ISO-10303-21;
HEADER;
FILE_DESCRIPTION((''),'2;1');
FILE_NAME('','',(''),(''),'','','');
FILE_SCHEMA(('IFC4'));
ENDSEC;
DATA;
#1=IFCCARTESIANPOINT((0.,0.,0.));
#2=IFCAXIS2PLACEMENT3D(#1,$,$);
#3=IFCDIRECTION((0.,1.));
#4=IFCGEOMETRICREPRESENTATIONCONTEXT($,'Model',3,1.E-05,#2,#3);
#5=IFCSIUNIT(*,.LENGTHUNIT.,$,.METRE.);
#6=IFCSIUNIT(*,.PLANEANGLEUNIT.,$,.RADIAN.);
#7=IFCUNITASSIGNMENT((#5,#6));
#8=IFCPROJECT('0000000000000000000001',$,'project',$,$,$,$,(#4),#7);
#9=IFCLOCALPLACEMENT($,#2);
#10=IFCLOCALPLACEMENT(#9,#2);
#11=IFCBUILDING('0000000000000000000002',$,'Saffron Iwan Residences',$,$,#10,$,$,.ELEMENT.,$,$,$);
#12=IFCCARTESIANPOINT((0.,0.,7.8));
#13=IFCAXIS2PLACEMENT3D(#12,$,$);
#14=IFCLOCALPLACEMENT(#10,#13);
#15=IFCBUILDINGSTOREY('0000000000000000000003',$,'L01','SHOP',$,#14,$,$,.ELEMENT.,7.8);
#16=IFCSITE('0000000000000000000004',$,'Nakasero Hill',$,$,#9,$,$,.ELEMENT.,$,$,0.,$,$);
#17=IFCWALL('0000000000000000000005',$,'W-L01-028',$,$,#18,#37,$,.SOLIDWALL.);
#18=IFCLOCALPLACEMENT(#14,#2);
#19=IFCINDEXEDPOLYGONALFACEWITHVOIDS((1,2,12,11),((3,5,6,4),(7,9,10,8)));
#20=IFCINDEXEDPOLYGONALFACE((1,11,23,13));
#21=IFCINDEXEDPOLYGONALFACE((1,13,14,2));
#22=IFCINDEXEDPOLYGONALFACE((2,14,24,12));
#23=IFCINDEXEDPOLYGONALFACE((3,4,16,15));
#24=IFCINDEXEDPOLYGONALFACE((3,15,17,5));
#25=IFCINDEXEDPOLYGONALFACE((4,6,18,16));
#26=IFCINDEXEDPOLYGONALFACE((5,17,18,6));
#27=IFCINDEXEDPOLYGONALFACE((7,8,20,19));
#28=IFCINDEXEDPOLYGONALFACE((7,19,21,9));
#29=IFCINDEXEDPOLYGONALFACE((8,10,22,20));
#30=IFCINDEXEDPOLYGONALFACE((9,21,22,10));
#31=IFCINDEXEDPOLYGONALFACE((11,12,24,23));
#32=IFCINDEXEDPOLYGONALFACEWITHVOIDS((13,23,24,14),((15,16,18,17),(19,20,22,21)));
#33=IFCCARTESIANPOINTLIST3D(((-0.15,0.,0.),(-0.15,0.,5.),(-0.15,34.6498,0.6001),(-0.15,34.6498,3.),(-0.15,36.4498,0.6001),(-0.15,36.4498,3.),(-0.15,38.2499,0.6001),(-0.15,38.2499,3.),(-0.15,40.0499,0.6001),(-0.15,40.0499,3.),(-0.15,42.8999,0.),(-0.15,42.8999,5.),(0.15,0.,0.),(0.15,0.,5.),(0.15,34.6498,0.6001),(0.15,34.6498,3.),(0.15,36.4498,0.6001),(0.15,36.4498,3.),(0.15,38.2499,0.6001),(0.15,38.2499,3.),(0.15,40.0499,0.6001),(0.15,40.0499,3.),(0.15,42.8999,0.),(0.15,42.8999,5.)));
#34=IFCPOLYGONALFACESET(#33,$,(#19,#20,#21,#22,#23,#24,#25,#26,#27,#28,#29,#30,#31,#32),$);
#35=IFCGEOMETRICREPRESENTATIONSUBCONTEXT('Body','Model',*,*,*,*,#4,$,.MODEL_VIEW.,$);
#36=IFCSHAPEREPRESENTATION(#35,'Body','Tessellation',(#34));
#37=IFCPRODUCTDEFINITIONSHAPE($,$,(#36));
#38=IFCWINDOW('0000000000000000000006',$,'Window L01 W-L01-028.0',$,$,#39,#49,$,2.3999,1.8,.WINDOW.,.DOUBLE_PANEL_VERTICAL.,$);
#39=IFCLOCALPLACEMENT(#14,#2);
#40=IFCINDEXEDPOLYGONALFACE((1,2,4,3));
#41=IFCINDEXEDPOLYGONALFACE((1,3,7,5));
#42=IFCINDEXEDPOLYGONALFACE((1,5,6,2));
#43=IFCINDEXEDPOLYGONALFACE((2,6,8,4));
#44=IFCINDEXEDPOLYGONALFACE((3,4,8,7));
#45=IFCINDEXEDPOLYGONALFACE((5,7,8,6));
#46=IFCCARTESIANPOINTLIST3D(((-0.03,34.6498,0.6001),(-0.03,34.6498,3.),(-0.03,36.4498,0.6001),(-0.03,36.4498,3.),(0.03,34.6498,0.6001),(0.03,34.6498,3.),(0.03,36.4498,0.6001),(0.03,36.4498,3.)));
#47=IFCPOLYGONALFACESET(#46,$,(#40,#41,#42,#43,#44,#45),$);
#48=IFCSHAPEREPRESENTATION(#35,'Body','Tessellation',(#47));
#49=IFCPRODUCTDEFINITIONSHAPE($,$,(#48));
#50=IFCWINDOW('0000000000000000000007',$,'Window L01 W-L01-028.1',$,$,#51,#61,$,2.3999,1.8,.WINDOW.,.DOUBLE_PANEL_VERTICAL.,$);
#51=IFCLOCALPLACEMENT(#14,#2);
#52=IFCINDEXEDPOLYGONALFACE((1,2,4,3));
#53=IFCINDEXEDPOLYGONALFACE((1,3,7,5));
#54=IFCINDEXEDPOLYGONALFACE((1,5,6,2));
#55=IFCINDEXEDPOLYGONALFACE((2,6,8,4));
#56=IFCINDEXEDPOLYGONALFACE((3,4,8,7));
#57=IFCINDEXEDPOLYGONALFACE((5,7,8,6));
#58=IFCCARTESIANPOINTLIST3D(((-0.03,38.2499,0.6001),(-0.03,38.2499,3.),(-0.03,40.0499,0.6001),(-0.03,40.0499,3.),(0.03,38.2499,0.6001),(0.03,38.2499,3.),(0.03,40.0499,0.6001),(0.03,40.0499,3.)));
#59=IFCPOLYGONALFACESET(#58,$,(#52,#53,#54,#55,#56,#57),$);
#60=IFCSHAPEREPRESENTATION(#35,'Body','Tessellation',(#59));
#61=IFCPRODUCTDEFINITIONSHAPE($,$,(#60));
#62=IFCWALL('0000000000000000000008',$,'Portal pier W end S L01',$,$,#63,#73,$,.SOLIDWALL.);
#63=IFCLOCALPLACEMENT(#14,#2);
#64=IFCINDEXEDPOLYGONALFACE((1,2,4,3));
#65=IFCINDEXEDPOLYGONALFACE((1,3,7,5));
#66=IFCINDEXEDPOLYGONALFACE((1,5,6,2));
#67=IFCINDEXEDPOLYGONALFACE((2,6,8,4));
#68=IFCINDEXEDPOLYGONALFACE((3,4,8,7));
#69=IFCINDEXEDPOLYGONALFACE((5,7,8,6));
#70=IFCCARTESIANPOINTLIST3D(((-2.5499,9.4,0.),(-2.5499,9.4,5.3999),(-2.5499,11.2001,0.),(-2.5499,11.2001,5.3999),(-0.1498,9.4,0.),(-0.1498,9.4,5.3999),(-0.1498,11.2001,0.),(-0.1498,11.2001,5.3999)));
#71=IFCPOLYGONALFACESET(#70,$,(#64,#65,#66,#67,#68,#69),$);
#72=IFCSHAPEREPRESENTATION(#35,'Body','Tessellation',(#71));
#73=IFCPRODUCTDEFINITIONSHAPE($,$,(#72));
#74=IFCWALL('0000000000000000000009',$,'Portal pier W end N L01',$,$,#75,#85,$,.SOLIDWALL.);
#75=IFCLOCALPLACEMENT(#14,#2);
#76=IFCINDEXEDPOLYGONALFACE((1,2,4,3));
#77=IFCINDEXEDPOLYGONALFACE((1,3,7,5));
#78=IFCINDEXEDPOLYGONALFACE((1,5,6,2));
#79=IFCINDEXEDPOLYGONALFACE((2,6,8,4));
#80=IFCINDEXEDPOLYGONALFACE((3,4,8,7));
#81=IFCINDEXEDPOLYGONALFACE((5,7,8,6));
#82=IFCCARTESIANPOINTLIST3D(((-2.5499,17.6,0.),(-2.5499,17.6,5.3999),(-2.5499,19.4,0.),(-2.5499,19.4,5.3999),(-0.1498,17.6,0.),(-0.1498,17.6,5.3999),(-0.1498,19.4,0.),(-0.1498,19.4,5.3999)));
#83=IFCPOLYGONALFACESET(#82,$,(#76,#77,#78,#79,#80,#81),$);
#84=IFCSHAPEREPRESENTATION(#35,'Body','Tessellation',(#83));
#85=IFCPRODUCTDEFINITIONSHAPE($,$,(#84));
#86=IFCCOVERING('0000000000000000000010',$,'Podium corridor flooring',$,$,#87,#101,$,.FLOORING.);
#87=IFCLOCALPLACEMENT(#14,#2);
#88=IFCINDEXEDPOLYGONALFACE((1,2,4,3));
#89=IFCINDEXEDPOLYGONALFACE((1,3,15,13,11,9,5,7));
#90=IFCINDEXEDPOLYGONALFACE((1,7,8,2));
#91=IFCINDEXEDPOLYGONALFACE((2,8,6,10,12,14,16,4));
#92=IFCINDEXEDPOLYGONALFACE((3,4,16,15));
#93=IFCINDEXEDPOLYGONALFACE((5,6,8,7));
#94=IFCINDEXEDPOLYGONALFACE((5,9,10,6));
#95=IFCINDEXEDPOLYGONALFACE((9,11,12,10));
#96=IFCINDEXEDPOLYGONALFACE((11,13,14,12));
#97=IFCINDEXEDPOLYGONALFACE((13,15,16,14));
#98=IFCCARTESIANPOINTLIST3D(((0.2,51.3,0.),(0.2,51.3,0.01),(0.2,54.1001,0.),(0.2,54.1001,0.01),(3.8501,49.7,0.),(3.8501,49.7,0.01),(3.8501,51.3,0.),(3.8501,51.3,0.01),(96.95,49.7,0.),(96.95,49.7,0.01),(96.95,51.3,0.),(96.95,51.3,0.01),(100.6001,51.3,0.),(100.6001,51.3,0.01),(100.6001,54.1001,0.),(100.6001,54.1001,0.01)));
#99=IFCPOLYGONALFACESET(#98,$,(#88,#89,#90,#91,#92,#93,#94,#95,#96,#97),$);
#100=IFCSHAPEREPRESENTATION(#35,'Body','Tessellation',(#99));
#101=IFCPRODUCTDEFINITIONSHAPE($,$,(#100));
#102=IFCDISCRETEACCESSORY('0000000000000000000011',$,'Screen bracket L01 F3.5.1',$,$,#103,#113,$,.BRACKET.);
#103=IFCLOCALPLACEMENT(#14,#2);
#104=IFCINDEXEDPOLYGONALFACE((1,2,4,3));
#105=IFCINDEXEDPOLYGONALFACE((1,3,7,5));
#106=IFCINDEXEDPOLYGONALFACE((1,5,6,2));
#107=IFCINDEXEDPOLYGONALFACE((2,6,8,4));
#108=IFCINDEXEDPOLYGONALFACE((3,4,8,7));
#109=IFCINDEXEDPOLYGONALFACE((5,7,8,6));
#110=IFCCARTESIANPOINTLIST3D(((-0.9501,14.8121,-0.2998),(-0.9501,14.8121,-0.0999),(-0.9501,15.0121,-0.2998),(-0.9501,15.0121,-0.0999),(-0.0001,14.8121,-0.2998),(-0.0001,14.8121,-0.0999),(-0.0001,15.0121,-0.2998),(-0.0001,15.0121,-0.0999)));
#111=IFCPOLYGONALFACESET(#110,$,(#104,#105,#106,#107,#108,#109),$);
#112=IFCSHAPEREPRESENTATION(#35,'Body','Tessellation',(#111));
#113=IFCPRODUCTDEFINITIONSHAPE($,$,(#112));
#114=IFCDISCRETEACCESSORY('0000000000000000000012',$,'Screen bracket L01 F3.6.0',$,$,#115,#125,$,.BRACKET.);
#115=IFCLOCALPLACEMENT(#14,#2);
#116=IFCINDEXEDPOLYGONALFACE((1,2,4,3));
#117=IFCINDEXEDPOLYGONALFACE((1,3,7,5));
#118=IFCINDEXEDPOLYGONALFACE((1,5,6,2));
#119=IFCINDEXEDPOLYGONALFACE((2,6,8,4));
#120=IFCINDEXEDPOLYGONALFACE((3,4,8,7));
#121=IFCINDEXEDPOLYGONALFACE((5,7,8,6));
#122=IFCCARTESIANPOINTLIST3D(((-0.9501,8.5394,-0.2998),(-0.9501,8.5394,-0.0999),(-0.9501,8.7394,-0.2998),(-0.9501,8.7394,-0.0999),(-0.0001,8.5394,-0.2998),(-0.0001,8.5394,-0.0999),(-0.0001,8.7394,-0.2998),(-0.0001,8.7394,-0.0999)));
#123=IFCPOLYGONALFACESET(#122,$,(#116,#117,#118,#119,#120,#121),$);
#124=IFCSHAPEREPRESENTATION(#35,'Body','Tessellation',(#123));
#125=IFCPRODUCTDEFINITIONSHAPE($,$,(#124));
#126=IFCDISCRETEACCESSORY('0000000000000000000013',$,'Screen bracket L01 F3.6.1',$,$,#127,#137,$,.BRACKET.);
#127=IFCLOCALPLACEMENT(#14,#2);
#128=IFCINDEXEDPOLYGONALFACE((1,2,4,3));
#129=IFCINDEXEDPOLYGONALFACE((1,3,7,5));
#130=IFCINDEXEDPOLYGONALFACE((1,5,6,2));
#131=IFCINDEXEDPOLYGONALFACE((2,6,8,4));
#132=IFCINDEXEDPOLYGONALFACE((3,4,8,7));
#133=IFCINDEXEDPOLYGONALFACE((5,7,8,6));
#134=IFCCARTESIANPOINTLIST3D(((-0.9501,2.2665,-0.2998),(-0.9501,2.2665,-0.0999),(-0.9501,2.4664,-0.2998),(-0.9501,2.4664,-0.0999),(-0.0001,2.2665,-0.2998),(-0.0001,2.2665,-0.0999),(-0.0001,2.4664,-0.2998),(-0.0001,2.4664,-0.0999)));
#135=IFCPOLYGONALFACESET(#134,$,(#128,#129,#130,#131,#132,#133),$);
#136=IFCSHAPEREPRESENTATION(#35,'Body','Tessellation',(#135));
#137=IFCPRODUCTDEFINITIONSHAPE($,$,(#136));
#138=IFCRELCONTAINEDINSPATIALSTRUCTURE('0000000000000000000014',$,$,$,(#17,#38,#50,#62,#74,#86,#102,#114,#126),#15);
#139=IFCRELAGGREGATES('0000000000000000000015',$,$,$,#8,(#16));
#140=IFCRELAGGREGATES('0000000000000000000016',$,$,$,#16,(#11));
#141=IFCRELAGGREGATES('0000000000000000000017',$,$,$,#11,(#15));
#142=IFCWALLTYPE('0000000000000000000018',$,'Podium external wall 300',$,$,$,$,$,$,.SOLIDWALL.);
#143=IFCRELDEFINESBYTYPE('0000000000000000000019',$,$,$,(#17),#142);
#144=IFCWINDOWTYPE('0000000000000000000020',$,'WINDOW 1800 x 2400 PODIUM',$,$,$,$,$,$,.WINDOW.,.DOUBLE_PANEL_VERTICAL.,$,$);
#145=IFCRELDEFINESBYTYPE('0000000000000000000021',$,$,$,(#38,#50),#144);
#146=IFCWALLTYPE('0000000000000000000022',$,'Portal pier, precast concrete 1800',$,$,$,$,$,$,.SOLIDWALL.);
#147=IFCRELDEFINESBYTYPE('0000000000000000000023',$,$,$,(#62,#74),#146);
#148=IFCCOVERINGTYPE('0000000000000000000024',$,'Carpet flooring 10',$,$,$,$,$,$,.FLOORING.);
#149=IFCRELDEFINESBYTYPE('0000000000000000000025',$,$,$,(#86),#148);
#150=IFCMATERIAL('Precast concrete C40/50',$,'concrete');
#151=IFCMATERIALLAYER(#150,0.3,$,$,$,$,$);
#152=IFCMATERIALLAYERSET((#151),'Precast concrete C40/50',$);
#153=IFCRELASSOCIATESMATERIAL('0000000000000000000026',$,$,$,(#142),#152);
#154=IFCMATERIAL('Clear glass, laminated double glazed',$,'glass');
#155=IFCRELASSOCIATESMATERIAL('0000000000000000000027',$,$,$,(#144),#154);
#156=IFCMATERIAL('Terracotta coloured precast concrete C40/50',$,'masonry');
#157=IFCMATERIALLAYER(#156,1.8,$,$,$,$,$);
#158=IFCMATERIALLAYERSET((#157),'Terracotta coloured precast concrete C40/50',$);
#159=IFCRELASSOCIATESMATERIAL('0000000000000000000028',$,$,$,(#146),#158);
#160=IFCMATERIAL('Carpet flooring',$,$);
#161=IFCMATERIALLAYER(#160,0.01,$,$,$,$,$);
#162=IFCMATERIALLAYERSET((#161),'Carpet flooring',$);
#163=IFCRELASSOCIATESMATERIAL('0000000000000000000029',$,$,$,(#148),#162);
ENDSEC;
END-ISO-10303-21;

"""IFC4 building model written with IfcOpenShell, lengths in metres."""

from ifc_helpers import new_model, si_unit, direction, frame, frame_2d, origin, origin_2d, place, context, subcontext, project, spatial, polyline, rectangle, outline, extrude, source, transform, mapped, material, layer, layer_set, type_object, element, fill, save


model = new_model("IFC4")

# Units and contexts
model_context = context("Model", 3, precision=1e-05, world=origin(), true_north=direction((0.0, 1.0)))
body_context = subcontext(model_context, "Body", "Model", "MODEL_VIEW")
ifc_project = project(units=[si_unit("LENGTHUNIT", "METRE"), si_unit("PLANEANGLEUNIT", "RADIAN")], contexts=[model_context])

# Site, building, storey
site_placement = place(None, origin())
site = spatial("IfcSite", under=ifc_project, at=site_placement, Name="Nakasero Hill", CompositionType="ELEMENT", RefElevation=0.0)
building_placement = place(site_placement, origin())
building = spatial("IfcBuilding", under=site, at=building_placement, Name="Saffron Iwan Residences", CompositionType="ELEMENT")
storey_placement = place(building_placement, frame((0.0, 0.0, 7.8)))
storey = spatial("IfcBuildingStorey", under=building, at=storey_placement, Name="L01", Description="SHOP", CompositionType="ELEMENT", Elevation=7.8)

# Wall, openings, windows
ifc_material_1 = material(Name="Precast concrete C40/50", Category="concrete")
ifc_layer_1 = layer(ifc_material_1, 0.3)
ifc_layer_set_1 = layer_set([ifc_layer_1], Name="Precast concrete C40/50")
wall_type_1 = type_object("IfcWallType", Name="Podium external wall 300", PredefinedType="SOLIDWALL", material=ifc_layer_set_1)
wall_placement = place(storey_placement, frame((0.0, 0.0, 0.0), z_axis=(0.0, 0.0, 1.0), x_axis=(0.0, 1.0, 0.0)))
wall = element("IfcWall", 1, at=wall_placement, inside=storey, type_object=wall_type_1, Name="W-L01-028", PredefinedType="SOLIDWALL", context=body_context, shape_type="SweptSolid", body=[
    extrude(rectangle(XDim=42.8999, YDim=0.3, at=frame_2d((21.45, 0.0))), origin(), (0.0, 0.0, 1.0), 5.0),
])
opening_1_placement = place(wall_placement, frame((34.6499, 0.0, 0.6001)))
opening_1 = element("IfcOpeningElement", 2, at=opening_1_placement, cuts=wall, PredefinedType="OPENING", context=body_context, shape_type="SweptSolid", body=[
    extrude(rectangle(XDim=1.8, YDim=2.3999, at=frame_2d((0.8999, 1.2))), frame((0.0, 0.1602, 0.0), z_axis=(0.0, -1.0, 0.0), x_axis=(1.0, 0.0, 0.0)), (0.0, 0.0, 1.0), 0.3201),
])
opening_2_placement = place(wall_placement, frame((38.25, 0.0, 0.6001)))
opening_2 = element("IfcOpeningElement", 3, at=opening_2_placement, cuts=wall, PredefinedType="OPENING", context=body_context, shape_type="SweptSolid", body=[
    extrude(rectangle(XDim=1.8, YDim=2.3999, at=frame_2d((0.8999, 1.2))), frame((0.0, 0.1602, 0.0), z_axis=(0.0, -1.0, 0.0), x_axis=(1.0, 0.0, 0.0)), (0.0, 0.0, 1.0), 0.3201),
])
ifc_material_2 = material(Name="Clear glass, laminated double glazed", Category="glass")
window_type = type_object("IfcWindowType", Name="WINDOW 1800 x 2400 PODIUM", PartitioningType="DOUBLE_PANEL_VERTICAL", PredefinedType="WINDOW", material=ifc_material_2)
window_1_placement = place(opening_1_placement, origin())
window_1 = element("IfcWindow", 4, at=window_1_placement, inside=storey, type_object=window_type, Name="Window L01 W-L01-028.0", OverallHeight=2.3999, OverallWidth=1.8, PartitioningType="DOUBLE_PANEL_VERTICAL", PredefinedType="WINDOW", context=body_context, shape_type="SweptSolid", body=[
    extrude(rectangle(XDim=1.8, YDim=2.3999, at=frame_2d((0.8999, 1.2))), frame((0.0, 0.03, 0.0), z_axis=(0.0, -1.0, 0.0), x_axis=(1.0, 0.0, 0.0)), (0.0, 0.0, 1.0), 0.0601),
])
fill(opening_1, window_1)
window_2_placement = place(opening_2_placement, origin())
window_2 = element("IfcWindow", 5, at=window_2_placement, inside=storey, type_object=window_type, Name="Window L01 W-L01-028.1", OverallHeight=2.3999, OverallWidth=1.8, PartitioningType="DOUBLE_PANEL_VERTICAL", PredefinedType="WINDOW", context=body_context, shape_type="SweptSolid", body=[
    extrude(rectangle(XDim=1.8, YDim=2.3999, at=frame_2d((0.8999, 1.2))), frame((0.0, 0.03, 0.0), z_axis=(0.0, -1.0, 0.0), x_axis=(1.0, 0.0, 0.0)), (0.0, 0.0, 1.0), 0.0601),
])
fill(opening_2, window_2)

# Walls
ifc_material_3 = material(Name="Terracotta coloured precast concrete C40/50", Category="masonry")
ifc_layer_2 = layer(ifc_material_3, 1.8)
ifc_layer_set_2 = layer_set([ifc_layer_2], Name="Terracotta coloured precast concrete C40/50")
wall_type_2 = type_object("IfcWallType", Name="Portal pier, precast concrete 1800", PredefinedType="SOLIDWALL", material=ifc_layer_set_2)
for number, where, z_axis, x_axis, name in (
    (6, (-2.55, 10.3, 0.0), (0.0, 0.0, 1.0), (1.0, 0.0, 0.0), "Portal pier W end S L01"),
    (7, (-2.55, 18.5, 0.0), (0.0, 0.0, 1.0), (1.0, 0.0, 0.0), "Portal pier W end N L01"),
):
    element("IfcWall", number, at=place(storey_placement, frame(where, z_axis=z_axis, x_axis=x_axis)), inside=storey, type_object=wall_type_2, Name=name, PredefinedType="SOLIDWALL", context=body_context, shape_type="SweptSolid", body=[
        extrude(rectangle(XDim=2.4001, YDim=1.8, at=frame_2d((1.2002, 0.0))), origin(), (0.0, 0.0, 1.0), 5.3999),
    ])

# Covering
ifc_material_4 = material(Name="Carpet flooring")
ifc_layer_3 = layer(ifc_material_4, 0.01)
ifc_layer_set_3 = layer_set([ifc_layer_3], Name="Carpet flooring")
covering_type_1 = type_object("IfcCoveringType", Name="Carpet flooring 10", PredefinedType="FLOORING", material=ifc_layer_set_3)
covering_1_placement = place(storey_placement, origin())
element("IfcCovering", 8, at=covering_1_placement, inside=storey, type_object=covering_type_1, Name="Podium corridor flooring", PredefinedType="FLOORING", context=body_context, shape_type="SweptSolid", body=[
    extrude(outline(polyline([(100.6001, 51.3), (96.95, 51.3), (96.95, 49.7), (3.8501, 49.7), (3.8501, 51.3), (0.2, 51.3), (0.2, 54.1001), (100.6001, 54.1001), (100.6001, 51.3)])), origin(), (0.0, 0.0, 1.0), 0.01),
])

# Discrete accessories
shared_shape_1 = source(origin(), body_context, "Body", "SweptSolid", [
    extrude(rectangle(XDim=0.95, YDim=0.2, at=origin_2d()), origin(), (0.0, 0.0, 1.0), 0.2),
])
for number, where, z_axis, x_axis, name in (
    (9, (-0.4751, 14.9121, -0.2998), (0.0, 0.0, 1.0), (-1.0, 0.0, 0.0), "Screen bracket L01 F3.5.1"),
    (10, (-0.4751, 8.6394, -0.2998), (0.0, 0.0, 1.0), (-1.0, 0.0, 0.0), "Screen bracket L01 F3.6.0"),
    (11, (-0.4751, 2.3665, -0.2998), (0.0, 0.0, 1.0), (-1.0, 0.0, 0.0), "Screen bracket L01 F3.6.1"),
):
    element("IfcDiscreteAccessory", number, at=place(storey_placement, frame(where, z_axis=z_axis, x_axis=x_axis)), inside=storey, Name=name, PredefinedType="BRACKET", context=body_context, shape_type="MappedRepresentation", body=[
        mapped(shared_shape_1, transform((0.0, 0.0, 0.0))),
    ])

save(model, "model.ifc")
